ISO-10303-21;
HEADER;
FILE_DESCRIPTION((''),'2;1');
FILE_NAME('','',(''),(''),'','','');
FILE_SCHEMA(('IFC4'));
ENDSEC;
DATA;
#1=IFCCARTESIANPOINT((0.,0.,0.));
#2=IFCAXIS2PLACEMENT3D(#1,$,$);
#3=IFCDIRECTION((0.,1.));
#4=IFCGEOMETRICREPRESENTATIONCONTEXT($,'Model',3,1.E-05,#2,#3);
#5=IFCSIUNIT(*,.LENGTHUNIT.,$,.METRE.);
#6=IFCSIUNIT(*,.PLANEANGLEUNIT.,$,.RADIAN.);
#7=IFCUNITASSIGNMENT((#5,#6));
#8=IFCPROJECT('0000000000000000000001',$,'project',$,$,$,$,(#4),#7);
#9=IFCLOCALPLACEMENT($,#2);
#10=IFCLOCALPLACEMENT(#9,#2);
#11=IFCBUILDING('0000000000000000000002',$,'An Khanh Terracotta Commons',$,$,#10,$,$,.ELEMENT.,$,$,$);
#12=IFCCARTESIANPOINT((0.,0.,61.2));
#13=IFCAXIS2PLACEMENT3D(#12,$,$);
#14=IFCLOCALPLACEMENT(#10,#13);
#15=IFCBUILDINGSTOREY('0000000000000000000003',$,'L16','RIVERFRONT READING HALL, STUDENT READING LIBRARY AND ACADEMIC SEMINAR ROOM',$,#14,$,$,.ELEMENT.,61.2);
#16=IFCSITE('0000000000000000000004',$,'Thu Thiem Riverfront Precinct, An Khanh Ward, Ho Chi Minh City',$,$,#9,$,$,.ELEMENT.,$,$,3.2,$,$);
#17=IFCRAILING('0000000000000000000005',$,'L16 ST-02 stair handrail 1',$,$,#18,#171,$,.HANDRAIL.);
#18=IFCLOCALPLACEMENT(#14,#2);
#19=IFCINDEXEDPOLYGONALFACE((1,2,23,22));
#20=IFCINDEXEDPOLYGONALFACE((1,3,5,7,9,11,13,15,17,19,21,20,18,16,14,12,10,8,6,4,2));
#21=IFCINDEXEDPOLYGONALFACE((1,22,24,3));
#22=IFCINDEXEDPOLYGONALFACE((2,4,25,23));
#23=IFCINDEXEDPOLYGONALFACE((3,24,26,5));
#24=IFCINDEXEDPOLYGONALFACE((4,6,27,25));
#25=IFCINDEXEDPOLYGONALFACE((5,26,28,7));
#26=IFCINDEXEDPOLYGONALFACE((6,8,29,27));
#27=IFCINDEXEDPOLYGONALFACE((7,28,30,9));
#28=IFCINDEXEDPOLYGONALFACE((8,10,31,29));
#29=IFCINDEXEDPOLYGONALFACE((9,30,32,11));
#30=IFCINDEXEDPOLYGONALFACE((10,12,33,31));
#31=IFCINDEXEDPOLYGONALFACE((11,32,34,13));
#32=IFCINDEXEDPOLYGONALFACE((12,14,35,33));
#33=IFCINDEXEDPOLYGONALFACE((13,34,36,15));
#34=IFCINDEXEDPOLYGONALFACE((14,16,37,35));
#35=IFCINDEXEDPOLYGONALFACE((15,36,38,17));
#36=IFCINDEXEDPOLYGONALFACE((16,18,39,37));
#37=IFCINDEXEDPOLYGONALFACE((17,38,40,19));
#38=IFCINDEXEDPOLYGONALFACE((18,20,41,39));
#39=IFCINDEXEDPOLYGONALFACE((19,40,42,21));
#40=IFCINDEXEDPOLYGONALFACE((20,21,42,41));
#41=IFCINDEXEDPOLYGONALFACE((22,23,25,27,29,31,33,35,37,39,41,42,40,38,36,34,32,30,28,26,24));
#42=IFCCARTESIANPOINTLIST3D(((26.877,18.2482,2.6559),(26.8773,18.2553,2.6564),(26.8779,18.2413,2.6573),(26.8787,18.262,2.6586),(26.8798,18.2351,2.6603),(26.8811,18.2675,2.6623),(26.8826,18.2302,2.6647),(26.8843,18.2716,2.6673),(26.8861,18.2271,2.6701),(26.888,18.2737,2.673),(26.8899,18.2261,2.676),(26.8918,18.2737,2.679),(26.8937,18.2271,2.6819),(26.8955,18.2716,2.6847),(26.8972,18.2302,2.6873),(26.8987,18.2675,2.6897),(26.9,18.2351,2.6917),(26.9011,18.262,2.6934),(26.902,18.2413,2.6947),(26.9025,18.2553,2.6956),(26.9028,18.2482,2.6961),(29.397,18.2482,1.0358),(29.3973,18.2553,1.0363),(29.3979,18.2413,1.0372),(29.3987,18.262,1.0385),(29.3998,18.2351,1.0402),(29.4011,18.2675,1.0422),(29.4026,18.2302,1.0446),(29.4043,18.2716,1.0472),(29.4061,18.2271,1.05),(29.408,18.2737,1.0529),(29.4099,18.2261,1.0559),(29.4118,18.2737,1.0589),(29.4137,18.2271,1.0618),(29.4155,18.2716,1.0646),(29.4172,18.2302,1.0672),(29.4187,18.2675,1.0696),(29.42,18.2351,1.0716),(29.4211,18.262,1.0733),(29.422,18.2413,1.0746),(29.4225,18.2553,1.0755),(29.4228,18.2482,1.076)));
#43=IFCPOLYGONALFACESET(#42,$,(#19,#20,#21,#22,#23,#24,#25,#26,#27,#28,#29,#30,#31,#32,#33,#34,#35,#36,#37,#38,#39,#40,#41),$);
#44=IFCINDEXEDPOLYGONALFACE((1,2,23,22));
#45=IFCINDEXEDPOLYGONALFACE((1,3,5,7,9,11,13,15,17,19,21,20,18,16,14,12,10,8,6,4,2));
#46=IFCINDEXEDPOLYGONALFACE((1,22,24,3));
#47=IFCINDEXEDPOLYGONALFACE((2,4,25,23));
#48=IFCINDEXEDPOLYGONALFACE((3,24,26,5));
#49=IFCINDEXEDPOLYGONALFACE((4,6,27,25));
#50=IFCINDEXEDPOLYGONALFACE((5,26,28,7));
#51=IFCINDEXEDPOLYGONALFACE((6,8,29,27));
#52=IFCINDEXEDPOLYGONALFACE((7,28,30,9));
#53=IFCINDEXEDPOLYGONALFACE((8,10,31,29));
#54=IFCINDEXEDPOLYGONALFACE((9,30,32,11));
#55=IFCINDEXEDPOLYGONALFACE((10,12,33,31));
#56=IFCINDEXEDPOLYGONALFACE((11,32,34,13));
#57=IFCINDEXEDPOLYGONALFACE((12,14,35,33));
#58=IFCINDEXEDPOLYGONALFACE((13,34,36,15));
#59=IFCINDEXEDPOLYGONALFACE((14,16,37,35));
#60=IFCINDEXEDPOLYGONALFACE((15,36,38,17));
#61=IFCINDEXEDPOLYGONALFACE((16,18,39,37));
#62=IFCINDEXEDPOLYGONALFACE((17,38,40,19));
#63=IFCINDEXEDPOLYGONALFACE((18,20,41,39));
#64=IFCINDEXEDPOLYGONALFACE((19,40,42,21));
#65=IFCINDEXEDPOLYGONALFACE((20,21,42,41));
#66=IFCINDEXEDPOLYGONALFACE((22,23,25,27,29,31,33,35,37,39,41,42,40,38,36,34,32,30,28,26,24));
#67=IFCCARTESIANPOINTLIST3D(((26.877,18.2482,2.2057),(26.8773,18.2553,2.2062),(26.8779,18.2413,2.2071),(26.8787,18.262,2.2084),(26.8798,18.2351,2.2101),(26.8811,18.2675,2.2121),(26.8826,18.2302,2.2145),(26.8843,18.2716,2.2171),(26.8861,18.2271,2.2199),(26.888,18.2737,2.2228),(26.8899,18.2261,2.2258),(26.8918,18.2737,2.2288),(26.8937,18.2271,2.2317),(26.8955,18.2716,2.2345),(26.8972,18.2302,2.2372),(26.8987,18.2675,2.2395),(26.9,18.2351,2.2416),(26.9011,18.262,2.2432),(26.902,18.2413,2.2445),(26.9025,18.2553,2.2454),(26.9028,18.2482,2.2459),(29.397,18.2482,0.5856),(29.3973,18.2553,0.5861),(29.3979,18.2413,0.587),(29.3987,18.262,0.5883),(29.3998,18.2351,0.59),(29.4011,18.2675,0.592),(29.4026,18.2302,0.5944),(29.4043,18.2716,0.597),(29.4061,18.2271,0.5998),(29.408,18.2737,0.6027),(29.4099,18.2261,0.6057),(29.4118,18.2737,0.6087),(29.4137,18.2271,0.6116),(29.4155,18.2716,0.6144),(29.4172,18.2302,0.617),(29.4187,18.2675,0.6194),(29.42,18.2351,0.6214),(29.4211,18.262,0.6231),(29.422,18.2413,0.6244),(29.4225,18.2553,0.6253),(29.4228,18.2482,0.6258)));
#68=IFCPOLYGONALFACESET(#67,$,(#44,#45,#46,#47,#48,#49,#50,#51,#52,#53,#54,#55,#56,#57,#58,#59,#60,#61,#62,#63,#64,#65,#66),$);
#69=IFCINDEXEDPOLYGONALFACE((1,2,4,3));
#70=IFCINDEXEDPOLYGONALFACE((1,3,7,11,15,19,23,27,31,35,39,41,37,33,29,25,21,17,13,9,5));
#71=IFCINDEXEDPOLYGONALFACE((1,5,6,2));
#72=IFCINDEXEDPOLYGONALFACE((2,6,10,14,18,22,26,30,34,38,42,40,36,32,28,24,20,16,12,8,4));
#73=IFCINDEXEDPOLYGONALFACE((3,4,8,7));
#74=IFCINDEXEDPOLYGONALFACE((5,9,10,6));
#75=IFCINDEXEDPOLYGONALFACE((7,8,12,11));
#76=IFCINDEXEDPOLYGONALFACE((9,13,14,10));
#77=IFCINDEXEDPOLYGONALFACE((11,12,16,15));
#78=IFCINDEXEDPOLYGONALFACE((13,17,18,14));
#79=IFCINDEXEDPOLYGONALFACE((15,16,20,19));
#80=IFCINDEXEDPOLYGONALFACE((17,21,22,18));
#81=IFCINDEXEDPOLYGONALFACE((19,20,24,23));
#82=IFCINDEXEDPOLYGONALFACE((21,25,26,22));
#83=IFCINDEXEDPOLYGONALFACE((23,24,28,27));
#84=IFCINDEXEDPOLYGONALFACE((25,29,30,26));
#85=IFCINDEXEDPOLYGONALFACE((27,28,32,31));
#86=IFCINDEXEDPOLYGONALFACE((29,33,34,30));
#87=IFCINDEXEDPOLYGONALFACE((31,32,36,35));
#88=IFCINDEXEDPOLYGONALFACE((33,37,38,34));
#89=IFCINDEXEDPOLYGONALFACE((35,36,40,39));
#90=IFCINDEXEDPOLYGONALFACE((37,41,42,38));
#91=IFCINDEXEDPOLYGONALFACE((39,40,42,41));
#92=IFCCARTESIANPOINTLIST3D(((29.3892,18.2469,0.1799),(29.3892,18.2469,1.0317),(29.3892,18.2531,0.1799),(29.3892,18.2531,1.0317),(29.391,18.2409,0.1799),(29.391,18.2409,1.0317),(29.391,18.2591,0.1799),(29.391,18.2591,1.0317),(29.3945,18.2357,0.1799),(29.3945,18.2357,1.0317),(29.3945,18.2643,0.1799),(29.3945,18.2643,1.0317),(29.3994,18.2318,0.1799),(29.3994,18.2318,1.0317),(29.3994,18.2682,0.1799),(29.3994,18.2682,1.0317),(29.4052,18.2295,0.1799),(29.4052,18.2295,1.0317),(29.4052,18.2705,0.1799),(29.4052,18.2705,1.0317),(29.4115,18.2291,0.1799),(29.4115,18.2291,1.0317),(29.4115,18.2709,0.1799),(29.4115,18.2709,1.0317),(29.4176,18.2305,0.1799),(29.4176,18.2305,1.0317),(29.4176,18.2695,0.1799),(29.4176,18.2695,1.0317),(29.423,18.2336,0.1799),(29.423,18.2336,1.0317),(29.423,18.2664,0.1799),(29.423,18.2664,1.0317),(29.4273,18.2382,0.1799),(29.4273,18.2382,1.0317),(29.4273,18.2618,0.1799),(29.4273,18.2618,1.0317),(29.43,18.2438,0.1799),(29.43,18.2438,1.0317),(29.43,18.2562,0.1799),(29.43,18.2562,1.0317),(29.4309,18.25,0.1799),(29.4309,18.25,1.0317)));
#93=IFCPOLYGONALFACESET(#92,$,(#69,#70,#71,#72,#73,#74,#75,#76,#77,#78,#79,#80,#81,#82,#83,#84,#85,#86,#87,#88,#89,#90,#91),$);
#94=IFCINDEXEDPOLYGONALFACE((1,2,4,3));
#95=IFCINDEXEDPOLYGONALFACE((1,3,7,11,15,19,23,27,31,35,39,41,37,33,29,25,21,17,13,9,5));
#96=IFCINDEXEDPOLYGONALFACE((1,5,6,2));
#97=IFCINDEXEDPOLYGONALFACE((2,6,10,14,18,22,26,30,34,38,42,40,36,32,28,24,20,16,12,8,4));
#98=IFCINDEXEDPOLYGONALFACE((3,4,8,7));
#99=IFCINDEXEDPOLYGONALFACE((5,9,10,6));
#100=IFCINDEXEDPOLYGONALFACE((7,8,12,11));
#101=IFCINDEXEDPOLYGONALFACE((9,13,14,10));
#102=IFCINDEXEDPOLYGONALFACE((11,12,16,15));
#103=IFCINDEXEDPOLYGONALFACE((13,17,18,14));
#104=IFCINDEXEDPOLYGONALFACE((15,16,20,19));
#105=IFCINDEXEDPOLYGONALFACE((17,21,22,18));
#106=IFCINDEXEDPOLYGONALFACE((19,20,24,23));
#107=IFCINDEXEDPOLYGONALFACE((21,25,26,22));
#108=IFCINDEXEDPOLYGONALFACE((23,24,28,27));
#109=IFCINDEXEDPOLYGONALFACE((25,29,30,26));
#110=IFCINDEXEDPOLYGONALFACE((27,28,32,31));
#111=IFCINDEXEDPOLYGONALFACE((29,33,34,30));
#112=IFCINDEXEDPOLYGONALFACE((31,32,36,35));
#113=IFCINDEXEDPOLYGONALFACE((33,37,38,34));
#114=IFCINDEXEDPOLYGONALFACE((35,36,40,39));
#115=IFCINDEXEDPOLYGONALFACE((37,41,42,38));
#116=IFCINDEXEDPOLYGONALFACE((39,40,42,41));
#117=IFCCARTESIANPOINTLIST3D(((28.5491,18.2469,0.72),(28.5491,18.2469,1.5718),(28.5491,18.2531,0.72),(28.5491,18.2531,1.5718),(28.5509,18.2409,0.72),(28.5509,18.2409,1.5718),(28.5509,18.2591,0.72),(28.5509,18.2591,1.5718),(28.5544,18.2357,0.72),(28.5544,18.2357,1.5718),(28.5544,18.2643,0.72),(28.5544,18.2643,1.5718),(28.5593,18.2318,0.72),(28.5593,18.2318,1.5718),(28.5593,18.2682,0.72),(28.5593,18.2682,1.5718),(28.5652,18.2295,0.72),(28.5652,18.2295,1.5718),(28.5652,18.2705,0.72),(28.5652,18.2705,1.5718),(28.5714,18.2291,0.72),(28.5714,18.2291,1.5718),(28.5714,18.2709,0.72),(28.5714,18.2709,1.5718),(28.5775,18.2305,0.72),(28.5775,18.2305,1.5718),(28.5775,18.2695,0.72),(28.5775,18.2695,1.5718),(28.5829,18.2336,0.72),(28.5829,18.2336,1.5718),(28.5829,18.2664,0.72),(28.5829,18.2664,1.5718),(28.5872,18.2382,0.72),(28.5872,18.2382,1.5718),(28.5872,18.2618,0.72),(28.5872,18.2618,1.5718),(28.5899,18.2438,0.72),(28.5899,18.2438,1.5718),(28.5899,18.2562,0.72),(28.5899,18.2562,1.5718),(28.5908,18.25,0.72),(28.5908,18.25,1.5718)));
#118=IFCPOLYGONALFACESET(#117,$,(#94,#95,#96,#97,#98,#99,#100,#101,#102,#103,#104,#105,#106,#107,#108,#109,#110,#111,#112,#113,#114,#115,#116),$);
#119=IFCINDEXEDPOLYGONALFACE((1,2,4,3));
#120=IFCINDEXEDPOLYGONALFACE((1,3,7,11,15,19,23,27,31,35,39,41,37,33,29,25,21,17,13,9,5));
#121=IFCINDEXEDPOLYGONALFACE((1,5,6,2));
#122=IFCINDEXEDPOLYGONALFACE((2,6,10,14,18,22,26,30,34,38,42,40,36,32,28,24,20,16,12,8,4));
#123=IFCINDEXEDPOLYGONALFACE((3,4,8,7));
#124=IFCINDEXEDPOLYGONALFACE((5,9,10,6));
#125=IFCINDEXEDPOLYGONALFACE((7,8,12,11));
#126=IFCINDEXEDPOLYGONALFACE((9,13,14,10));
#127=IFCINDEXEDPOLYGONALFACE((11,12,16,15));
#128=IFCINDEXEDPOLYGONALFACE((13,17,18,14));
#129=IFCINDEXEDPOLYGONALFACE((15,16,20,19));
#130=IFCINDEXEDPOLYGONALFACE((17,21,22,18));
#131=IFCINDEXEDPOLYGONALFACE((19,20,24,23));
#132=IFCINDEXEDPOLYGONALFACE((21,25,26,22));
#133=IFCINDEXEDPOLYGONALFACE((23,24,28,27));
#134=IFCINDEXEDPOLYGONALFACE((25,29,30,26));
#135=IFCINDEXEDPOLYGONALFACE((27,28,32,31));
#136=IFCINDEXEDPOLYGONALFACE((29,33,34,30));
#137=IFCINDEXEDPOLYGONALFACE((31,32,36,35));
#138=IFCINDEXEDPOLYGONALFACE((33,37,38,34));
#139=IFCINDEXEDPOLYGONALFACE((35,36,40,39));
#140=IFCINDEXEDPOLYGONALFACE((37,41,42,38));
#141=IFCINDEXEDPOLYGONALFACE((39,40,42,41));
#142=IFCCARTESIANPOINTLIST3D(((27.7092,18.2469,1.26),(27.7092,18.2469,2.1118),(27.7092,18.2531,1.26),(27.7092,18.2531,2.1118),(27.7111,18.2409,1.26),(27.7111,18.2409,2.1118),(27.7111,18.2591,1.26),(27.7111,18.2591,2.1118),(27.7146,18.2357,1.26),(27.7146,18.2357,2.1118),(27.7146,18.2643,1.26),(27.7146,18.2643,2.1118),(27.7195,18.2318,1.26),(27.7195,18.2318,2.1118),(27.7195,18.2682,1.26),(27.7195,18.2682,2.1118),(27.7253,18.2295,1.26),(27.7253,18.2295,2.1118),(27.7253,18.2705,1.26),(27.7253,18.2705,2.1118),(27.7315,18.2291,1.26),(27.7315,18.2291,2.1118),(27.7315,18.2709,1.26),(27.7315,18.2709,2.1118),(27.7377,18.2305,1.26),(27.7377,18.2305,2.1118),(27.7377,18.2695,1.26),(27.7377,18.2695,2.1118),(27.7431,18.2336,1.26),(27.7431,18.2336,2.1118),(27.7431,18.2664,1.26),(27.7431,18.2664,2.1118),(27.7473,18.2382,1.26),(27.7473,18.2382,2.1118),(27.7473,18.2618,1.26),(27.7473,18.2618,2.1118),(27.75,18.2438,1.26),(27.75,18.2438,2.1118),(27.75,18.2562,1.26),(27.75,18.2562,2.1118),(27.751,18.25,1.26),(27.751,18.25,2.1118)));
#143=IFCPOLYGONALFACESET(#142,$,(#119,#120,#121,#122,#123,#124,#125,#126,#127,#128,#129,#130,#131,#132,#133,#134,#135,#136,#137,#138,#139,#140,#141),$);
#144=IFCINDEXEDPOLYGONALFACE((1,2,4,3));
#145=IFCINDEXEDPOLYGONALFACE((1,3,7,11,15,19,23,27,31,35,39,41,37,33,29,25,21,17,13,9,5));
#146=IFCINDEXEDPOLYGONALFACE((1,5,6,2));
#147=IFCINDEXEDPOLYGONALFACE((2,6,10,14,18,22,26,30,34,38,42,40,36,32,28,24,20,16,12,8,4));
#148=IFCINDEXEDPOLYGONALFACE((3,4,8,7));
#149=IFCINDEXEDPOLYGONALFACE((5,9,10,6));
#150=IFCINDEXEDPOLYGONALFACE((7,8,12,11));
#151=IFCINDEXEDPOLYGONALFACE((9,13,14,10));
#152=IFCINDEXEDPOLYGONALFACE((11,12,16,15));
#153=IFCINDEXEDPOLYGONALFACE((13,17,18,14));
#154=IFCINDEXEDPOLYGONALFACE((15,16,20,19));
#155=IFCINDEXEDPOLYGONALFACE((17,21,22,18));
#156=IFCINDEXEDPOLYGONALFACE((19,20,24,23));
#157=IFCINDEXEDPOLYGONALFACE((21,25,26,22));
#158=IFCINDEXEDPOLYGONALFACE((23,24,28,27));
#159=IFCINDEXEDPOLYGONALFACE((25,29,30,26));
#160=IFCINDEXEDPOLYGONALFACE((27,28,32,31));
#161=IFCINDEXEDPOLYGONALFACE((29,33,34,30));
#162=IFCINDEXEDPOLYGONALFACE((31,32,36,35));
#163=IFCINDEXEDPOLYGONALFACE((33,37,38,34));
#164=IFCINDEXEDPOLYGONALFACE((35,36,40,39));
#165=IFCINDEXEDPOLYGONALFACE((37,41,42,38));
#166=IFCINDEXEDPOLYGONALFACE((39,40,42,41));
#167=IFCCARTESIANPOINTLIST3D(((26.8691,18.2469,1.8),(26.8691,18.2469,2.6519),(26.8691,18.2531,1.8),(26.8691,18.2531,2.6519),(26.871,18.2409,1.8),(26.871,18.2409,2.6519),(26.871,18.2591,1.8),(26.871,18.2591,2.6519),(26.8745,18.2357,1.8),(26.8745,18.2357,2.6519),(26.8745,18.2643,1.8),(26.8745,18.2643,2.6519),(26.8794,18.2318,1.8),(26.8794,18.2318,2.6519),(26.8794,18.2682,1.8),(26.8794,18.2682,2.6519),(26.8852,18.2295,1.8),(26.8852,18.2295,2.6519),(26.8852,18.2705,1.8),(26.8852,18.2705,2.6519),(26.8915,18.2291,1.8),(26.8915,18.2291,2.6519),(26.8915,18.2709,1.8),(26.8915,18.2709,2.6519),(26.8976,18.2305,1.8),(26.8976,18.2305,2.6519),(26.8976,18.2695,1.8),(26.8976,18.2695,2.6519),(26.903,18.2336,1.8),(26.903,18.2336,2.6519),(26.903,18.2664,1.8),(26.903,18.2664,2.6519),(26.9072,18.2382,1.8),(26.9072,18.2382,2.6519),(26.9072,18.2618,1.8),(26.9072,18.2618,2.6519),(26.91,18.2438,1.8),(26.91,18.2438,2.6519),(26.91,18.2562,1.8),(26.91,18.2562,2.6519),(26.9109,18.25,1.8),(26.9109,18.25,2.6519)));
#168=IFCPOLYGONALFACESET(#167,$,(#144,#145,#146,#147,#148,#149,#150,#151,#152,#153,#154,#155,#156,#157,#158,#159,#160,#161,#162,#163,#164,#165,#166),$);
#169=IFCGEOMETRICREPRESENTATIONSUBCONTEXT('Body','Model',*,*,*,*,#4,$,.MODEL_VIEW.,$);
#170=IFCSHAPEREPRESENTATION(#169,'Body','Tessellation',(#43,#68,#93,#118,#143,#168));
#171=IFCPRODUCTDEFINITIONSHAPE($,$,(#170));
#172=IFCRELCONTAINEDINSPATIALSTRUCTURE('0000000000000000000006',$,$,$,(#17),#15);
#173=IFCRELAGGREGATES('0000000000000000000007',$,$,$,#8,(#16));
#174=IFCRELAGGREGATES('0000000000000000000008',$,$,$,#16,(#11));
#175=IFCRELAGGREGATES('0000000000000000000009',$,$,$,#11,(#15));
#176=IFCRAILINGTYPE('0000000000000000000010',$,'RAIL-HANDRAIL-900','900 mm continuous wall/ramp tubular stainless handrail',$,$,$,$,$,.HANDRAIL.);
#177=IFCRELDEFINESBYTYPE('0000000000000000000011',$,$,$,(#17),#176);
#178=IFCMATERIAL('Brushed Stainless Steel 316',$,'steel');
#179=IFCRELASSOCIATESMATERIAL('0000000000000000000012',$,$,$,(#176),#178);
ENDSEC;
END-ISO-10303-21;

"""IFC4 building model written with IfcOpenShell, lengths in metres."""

from ifc_helpers import new_model, si_unit, direction, frame, origin, origin_2d, place, context, subcontext, project, spatial, circle, extrude, material, type_object, element, save


model = new_model("IFC4")

# Units and contexts
model_context = context("Model", 3, precision=1e-05, world=origin(), true_north=direction((0.0, 1.0)))
body_context = subcontext(model_context, "Body", "Model", "MODEL_VIEW")
ifc_project = project(units=[si_unit("LENGTHUNIT", "METRE"), si_unit("PLANEANGLEUNIT", "RADIAN")], contexts=[model_context])

# Site, building, storey
site_placement = place(None, origin())
site = spatial("IfcSite", under=ifc_project, at=site_placement, Name="Thu Thiem Riverfront Precinct, An Khanh Ward, Ho Chi Minh City", CompositionType="ELEMENT", RefElevation=3.2)
building_placement = place(site_placement, origin())
building = spatial("IfcBuilding", under=site, at=building_placement, Name="An Khanh Terracotta Commons", CompositionType="ELEMENT")
storey_placement = place(building_placement, frame((0.0, 0.0, 61.2)))
storey = spatial("IfcBuildingStorey", under=building, at=storey_placement, Name="L16", Description="RIVERFRONT READING HALL, STUDENT READING LIBRARY AND ACADEMIC SEMINAR ROOM", CompositionType="ELEMENT", Elevation=61.2)

# Railing
ifc_material_1 = material(Name="Brushed Stainless Steel 316", Category="steel")
railing_type_1 = type_object("IfcRailingType", Name="RAIL-HANDRAIL-900", Description="900 mm continuous wall/ramp tubular stainless handrail", PredefinedType="HANDRAIL", material=ifc_material_1)
railing_1_placement = place(storey_placement, frame((29.4099, 18.25, 0.1799)))
element("IfcRailing", 1, at=railing_1_placement, inside=storey, type_object=railing_type_1, Name="L16 ST-02 stair handrail 1", PredefinedType="HANDRAIL", context=body_context, shape_type="SweptSolid", body=[
    extrude(circle(Radius=0.0239, at=origin_2d()), frame((0.0, 0.0, 0.876), z_axis=(-0.841163, 0.0, 0.540782), x_axis=(0.0, -1.0, 0.0)), (0.0, 0.0, 1.0), 2.9958),
    extrude(circle(Radius=0.0239, at=origin_2d()), frame((0.0, 0.0, 0.4258), z_axis=(-0.841163, 0.0, 0.540782), x_axis=(0.0, -1.0, 0.0)), (0.0, 0.0, 1.0), 2.9958),
    extrude(circle(Radius=0.021, at=origin_2d()), origin(), (0.0, 0.0, 1.0), 0.8518),
    extrude(circle(Radius=0.021, at=origin_2d()), frame((-0.8401, 0.0, 0.54)), (0.0, 0.0, 1.0), 0.8518),
    extrude(circle(Radius=0.021, at=origin_2d()), frame((-1.6799, 0.0, 1.0801)), (0.0, 0.0, 1.0), 0.8518),
    extrude(circle(Radius=0.021, at=origin_2d()), frame((-2.52, 0.0, 1.6201)), (0.0, 0.0, 1.0), 0.8518),
])

save(model, "model.ifc")
